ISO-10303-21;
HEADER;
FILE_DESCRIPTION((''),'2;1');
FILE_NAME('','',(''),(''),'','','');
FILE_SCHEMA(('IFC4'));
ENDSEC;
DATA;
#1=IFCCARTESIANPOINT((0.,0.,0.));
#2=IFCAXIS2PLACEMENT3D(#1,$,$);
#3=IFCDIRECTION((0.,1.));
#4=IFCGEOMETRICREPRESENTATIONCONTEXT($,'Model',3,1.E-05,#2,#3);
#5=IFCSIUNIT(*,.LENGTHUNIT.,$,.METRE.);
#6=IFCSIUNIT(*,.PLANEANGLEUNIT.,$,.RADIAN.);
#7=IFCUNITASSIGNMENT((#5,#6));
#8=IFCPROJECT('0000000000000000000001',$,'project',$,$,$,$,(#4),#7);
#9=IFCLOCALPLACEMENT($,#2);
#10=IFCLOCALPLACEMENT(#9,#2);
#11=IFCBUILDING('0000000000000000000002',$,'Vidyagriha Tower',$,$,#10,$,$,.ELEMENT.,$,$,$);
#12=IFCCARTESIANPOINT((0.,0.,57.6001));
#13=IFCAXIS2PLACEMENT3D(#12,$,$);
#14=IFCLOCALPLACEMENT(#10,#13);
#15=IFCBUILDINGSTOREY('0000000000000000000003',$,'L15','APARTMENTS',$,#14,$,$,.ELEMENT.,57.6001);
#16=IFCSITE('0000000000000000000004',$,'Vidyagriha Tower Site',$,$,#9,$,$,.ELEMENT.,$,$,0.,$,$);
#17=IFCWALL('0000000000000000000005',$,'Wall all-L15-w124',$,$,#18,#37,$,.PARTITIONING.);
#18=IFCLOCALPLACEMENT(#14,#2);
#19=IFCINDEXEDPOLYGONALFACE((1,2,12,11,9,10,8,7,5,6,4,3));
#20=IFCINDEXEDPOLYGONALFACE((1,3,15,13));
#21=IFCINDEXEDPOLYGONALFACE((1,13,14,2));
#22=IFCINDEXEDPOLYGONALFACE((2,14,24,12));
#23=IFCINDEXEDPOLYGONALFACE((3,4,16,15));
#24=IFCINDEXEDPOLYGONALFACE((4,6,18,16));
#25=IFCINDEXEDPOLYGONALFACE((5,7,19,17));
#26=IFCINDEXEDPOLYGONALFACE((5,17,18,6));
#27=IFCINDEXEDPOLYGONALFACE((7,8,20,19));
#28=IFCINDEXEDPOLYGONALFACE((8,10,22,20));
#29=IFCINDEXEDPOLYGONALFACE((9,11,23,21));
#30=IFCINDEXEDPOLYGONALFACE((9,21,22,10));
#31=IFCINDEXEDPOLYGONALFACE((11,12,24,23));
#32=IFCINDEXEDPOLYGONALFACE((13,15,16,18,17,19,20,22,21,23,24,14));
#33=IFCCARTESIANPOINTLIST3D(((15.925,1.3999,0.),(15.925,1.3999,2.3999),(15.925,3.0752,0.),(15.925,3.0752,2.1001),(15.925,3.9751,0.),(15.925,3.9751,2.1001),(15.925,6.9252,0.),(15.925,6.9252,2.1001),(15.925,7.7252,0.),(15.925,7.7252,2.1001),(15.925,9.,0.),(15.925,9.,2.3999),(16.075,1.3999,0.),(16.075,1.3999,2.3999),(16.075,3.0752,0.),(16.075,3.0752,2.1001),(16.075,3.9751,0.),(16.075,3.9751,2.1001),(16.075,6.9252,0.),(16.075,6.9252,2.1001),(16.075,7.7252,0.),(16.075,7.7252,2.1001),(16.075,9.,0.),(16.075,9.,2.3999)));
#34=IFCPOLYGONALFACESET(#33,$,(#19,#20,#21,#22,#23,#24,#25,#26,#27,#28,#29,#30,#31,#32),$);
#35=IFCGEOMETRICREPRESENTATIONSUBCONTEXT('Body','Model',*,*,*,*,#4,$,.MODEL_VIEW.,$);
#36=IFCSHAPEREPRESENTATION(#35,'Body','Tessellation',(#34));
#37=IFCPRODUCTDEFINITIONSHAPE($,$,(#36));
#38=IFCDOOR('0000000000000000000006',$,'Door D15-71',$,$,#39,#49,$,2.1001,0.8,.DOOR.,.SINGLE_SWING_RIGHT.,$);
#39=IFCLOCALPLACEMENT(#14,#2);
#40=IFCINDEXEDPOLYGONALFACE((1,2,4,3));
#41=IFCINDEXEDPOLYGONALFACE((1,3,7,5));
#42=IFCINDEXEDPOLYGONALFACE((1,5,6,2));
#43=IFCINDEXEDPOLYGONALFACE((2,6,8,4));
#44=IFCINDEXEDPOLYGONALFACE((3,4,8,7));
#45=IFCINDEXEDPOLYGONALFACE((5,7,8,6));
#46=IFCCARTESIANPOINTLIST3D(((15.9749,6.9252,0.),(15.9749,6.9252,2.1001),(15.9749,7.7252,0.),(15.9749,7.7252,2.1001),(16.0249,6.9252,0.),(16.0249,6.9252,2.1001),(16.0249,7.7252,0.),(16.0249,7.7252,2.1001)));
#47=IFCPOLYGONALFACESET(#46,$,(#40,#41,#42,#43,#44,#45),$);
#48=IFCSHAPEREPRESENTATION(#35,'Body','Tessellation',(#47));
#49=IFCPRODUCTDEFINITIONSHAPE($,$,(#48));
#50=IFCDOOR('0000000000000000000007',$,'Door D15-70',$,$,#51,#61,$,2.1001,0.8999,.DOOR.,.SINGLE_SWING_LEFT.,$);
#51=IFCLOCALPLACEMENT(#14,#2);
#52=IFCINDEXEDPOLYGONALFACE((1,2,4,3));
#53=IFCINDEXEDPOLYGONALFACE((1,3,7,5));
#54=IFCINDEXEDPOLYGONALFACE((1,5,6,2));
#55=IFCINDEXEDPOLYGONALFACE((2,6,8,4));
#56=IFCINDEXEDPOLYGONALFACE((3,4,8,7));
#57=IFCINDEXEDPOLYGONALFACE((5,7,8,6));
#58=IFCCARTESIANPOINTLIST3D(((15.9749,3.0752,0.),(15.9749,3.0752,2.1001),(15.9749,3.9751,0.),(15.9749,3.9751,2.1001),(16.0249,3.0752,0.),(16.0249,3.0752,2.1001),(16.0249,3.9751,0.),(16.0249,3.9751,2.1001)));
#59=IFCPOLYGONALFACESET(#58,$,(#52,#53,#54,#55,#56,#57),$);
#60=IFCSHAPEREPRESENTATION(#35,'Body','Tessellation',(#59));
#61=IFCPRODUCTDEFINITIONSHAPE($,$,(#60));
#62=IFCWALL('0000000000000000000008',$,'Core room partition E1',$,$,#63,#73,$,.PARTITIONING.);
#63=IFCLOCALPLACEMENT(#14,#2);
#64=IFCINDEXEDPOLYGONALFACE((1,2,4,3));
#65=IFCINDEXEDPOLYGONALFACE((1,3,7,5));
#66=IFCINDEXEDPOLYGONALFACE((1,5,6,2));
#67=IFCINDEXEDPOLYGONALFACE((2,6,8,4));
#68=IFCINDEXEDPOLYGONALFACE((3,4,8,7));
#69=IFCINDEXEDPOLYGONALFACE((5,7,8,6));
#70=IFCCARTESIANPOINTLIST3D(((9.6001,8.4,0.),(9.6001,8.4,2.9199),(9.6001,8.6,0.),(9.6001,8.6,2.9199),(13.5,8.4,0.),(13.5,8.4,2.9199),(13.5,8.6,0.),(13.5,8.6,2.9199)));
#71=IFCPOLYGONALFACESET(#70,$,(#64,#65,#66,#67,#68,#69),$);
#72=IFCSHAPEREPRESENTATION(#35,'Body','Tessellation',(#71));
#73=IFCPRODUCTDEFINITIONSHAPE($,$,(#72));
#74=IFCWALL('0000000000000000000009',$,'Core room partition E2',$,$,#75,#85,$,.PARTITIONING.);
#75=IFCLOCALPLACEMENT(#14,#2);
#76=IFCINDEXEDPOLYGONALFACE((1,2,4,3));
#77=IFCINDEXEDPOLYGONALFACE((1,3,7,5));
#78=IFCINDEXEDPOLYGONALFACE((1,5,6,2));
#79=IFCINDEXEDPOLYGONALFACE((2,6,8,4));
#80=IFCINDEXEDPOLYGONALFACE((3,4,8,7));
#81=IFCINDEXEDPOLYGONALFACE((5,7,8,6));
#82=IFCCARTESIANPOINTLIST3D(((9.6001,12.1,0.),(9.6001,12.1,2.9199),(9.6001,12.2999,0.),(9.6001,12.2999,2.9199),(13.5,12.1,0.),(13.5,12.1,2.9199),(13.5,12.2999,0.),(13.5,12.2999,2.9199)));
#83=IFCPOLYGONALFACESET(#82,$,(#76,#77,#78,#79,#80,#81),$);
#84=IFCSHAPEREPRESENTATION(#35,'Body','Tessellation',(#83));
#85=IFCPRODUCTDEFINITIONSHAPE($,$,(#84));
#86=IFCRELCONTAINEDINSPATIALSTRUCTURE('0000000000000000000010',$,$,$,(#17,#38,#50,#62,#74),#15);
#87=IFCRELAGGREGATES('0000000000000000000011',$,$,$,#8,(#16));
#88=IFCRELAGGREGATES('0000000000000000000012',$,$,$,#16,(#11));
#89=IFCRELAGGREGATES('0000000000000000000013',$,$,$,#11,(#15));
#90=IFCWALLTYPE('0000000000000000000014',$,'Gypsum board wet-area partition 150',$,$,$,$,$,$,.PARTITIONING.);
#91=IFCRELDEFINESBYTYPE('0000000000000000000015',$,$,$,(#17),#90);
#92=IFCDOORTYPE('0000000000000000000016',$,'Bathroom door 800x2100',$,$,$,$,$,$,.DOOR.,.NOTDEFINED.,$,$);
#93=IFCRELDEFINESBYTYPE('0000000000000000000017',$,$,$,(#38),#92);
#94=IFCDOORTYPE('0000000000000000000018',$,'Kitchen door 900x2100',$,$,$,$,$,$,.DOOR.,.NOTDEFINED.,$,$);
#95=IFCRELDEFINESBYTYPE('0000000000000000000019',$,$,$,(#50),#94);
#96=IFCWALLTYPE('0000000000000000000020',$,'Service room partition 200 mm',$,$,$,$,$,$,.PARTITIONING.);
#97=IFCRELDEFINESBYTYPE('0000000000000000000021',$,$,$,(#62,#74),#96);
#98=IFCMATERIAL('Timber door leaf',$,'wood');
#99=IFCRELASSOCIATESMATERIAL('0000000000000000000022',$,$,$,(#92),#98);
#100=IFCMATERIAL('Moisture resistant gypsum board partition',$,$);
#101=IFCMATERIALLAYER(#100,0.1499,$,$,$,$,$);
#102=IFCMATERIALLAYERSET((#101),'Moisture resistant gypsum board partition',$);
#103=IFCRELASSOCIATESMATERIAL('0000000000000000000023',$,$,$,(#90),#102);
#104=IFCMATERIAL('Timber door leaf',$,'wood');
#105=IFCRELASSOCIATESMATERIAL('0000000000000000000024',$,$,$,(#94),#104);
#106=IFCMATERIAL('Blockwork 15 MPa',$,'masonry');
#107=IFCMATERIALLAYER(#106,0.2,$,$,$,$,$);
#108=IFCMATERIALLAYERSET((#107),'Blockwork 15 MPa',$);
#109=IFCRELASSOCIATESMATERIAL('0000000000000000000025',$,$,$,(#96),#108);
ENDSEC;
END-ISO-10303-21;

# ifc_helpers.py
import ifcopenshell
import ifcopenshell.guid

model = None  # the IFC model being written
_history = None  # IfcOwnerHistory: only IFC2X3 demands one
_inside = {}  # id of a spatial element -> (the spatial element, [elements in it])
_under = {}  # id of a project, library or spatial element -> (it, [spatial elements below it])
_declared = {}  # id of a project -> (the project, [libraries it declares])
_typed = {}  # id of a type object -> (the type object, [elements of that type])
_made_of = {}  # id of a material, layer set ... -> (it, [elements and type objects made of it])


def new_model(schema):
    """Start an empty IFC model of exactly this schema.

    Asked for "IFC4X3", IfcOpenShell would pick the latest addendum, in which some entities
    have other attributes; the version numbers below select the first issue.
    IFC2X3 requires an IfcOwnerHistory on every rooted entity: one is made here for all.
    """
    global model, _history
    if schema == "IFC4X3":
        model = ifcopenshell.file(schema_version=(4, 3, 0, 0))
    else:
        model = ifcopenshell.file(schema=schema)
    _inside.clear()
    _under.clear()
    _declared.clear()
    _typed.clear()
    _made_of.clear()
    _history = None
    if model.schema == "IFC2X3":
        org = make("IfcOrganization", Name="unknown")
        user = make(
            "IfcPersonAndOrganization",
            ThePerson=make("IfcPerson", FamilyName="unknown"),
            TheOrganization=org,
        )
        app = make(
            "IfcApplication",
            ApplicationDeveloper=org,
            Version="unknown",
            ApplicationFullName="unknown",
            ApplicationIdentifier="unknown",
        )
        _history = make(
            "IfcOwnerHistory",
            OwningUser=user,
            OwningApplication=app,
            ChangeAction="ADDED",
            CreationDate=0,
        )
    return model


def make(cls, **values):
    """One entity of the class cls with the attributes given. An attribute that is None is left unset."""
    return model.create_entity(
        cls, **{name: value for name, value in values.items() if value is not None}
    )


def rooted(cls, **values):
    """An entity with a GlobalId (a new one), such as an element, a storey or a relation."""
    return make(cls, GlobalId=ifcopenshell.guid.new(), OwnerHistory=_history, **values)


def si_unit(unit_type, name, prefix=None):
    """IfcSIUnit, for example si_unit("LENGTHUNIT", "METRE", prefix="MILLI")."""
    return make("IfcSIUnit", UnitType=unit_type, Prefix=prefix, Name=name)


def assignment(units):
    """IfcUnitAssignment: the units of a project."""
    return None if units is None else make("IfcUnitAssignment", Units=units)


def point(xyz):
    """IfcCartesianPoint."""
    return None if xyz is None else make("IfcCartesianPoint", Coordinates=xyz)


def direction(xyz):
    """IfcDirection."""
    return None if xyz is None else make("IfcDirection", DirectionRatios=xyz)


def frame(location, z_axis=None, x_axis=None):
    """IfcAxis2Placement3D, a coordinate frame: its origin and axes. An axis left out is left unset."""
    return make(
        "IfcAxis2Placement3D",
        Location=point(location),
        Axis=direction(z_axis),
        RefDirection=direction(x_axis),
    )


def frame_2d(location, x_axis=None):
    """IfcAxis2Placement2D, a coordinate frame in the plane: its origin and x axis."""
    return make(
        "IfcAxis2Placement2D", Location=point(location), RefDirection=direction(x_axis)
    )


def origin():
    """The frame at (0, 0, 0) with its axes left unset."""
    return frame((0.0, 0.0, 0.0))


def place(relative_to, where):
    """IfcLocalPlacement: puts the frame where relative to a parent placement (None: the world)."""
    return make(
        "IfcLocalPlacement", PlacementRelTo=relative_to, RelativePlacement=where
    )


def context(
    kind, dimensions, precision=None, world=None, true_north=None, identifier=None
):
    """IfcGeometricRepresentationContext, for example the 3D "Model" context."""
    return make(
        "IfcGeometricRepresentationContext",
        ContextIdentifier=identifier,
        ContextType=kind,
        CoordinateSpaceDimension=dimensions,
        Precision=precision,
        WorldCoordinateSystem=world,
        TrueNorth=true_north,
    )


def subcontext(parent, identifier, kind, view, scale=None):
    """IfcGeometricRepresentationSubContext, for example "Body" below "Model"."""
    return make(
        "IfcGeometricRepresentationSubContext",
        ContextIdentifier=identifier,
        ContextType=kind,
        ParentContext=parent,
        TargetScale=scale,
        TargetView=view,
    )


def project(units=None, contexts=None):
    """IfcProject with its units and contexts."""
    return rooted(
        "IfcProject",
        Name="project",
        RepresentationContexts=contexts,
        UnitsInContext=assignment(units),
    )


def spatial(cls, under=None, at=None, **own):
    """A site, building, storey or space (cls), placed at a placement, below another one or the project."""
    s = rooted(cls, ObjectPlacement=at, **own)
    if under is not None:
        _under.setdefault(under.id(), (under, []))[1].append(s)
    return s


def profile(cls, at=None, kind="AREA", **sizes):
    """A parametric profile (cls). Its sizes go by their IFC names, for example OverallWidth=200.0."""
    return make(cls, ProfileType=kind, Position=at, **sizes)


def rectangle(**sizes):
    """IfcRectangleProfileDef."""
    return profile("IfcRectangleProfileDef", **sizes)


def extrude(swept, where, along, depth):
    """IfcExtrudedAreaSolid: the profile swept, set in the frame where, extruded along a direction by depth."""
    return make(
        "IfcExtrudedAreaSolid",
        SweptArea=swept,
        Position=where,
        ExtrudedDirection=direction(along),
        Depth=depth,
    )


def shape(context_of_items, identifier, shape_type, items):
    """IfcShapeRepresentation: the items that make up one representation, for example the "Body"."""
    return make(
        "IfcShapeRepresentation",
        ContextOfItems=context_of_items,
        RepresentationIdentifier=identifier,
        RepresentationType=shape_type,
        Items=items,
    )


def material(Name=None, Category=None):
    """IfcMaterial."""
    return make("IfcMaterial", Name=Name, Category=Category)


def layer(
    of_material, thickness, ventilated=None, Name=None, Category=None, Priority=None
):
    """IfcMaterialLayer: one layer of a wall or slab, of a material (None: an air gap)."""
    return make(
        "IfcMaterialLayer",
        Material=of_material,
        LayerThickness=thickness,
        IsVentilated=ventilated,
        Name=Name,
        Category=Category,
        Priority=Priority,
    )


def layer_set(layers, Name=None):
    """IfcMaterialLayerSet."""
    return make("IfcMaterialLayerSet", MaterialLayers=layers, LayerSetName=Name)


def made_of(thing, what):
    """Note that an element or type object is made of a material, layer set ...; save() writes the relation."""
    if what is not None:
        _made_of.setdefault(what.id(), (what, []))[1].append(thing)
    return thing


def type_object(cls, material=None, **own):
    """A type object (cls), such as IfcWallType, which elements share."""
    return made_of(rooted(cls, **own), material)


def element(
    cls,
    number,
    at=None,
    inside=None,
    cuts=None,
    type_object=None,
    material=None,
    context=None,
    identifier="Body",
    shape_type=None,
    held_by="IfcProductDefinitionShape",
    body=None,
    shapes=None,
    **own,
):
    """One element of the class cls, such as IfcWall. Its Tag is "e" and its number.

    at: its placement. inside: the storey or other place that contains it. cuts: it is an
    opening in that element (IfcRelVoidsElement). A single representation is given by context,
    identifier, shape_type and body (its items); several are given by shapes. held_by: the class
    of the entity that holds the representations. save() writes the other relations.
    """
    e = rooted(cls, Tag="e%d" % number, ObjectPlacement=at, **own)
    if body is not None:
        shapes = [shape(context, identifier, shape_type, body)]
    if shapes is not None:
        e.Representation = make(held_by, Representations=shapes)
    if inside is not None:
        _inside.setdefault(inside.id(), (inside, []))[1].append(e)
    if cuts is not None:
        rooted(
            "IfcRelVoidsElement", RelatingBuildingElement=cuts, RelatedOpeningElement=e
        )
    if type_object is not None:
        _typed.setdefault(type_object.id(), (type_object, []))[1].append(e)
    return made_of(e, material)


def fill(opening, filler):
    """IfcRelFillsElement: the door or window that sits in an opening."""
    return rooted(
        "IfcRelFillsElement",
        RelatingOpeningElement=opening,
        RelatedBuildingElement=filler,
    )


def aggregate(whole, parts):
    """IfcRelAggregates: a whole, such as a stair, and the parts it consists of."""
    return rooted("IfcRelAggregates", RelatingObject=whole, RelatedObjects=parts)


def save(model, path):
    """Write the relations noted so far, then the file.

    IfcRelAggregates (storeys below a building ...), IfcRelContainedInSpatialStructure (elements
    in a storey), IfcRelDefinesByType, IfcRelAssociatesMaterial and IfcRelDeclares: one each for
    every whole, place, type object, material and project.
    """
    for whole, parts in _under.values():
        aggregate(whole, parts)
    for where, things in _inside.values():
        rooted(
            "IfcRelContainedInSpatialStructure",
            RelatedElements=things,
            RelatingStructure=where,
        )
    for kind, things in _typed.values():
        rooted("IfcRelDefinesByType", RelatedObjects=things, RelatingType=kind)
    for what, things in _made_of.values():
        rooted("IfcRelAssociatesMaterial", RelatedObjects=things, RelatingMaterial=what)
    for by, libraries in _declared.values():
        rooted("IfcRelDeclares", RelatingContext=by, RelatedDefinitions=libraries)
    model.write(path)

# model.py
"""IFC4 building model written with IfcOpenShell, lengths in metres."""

from ifc_helpers import new_model, si_unit, direction, frame, frame_2d, origin, place, context, subcontext, project, spatial, rectangle, extrude, material, layer, layer_set, type_object, element, fill, save


model = new_model("IFC4")

# Units and contexts
model_context = context("Model", 3, precision=1e-05, world=origin(), true_north=direction((0.0, 1.0)))
body_context = subcontext(model_context, "Body", "Model", "MODEL_VIEW")
ifc_project = project(units=[si_unit("LENGTHUNIT", "METRE"), si_unit("PLANEANGLEUNIT", "RADIAN")], contexts=[model_context])

# Site, building, storey
site_placement = place(None, origin())
site = spatial("IfcSite", under=ifc_project, at=site_placement, Name="Vidyagriha Tower Site", CompositionType="ELEMENT", RefElevation=0.0)
building_placement = place(site_placement, origin())
building = spatial("IfcBuilding", under=site, at=building_placement, Name="Vidyagriha Tower", CompositionType="ELEMENT")
storey_placement = place(building_placement, frame((0.0, 0.0, 57.6001)))
storey = spatial("IfcBuildingStorey", under=building, at=storey_placement, Name="L15", Description="APARTMENTS", CompositionType="ELEMENT", Elevation=57.6001)

# Shared definitions
ifc_material_1 = material(Name="Timber door leaf", Category="wood")
door_type_1 = type_object("IfcDoorType", Name="Bathroom door 800x2100", OperationType="NOTDEFINED", PredefinedType="DOOR", material=ifc_material_1)

# Wall, openings, doors
ifc_material_2 = material(Name="Moisture resistant gypsum board partition")
ifc_layer_1 = layer(ifc_material_2, 0.1499)
ifc_layer_set_1 = layer_set([ifc_layer_1], Name="Moisture resistant gypsum board partition")
wall_type_1 = type_object("IfcWallType", Name="Gypsum board wet-area partition 150", PredefinedType="PARTITIONING", material=ifc_layer_set_1)
wall_1_placement = place(storey_placement, frame((16.0, 9.0, 0.0), z_axis=(0.0, 0.0, 1.0), x_axis=(0.0, -1.0, 0.0)))
wall_1 = element("IfcWall", 1, at=wall_1_placement, inside=storey, type_object=wall_type_1, Name="Wall all-L15-w124", PredefinedType="PARTITIONING", context=body_context, shape_type="SweptSolid", body=[
    extrude(rectangle(XDim=7.6001, YDim=0.1499, at=frame_2d((3.8, 0.0))), origin(), (0.0, 0.0, 1.0), 2.3999),
])
opening_1_placement = place(wall_1_placement, frame((5.0249, 0.0, 0.0)))
opening_1 = element("IfcOpeningElement", 2, at=opening_1_placement, cuts=wall_1, PredefinedType="OPENING", context=body_context, shape_type="SweptSolid", body=[
    extrude(rectangle(XDim=0.8999, YDim=2.1001, at=frame_2d((0.45, 1.05))), frame((0.0, 0.085, 0.0), z_axis=(0.0, -1.0, 0.0), x_axis=(1.0, 0.0, 0.0)), (0.0, 0.0, 1.0), 0.1699),
])
opening_2_placement = place(wall_1_placement, frame((1.2749, 0.0, 0.0)))
opening_2 = element("IfcOpeningElement", 3, at=opening_2_placement, cuts=wall_1, PredefinedType="OPENING", context=body_context, shape_type="SweptSolid", body=[
    extrude(rectangle(XDim=0.8, YDim=2.1001, at=frame_2d((0.3999, 1.05))), frame((0.0, 0.085, 0.0), z_axis=(0.0, -1.0, 0.0), x_axis=(1.0, 0.0, 0.0)), (0.0, 0.0, 1.0), 0.1699),
])
door_1_placement = place(opening_2_placement, origin())
door_1 = element("IfcDoor", 4, at=door_1_placement, inside=storey, type_object=door_type_1, Name="Door D15-71", OperationType="SINGLE_SWING_RIGHT", OverallHeight=2.1001, OverallWidth=0.8, PredefinedType="DOOR", context=body_context, shape_type="SweptSolid", body=[
    extrude(rectangle(XDim=0.8, YDim=2.1001, at=frame_2d((0.3999, 1.05))), frame((0.0, 0.0249, 0.0), z_axis=(0.0, -1.0, 0.0), x_axis=(1.0, 0.0, 0.0)), (0.0, 0.0, 1.0), 0.05),
])
fill(opening_2, door_1)
ifc_material_3 = material(Name="Timber door leaf", Category="wood")
door_type_2 = type_object("IfcDoorType", Name="Kitchen door 900x2100", OperationType="NOTDEFINED", PredefinedType="DOOR", material=ifc_material_3)
door_2_placement = place(opening_1_placement, origin())
door_2 = element("IfcDoor", 5, at=door_2_placement, inside=storey, type_object=door_type_2, Name="Door D15-70", OperationType="SINGLE_SWING_LEFT", OverallHeight=2.1001, OverallWidth=0.8999, PredefinedType="DOOR", context=body_context, shape_type="SweptSolid", body=[
    extrude(rectangle(XDim=0.8999, YDim=2.1001, at=frame_2d((0.45, 1.05))), frame((0.0, 0.0249, 0.0), z_axis=(0.0, -1.0, 0.0), x_axis=(1.0, 0.0, 0.0)), (0.0, 0.0, 1.0), 0.05),
])
fill(opening_1, door_2)

# Walls
ifc_material_4 = material(Name="Blockwork 15 MPa", Category="masonry")
ifc_layer_2 = layer(ifc_material_4, 0.2)
ifc_layer_set_2 = layer_set([ifc_layer_2], Name="Blockwork 15 MPa")
wall_type_2 = type_object("IfcWallType", Name="Service room partition 200 mm", PredefinedType="PARTITIONING", material=ifc_layer_set_2)
for number, where, name in (
    (6, (9.6001, 8.5, 0.0), "Core room partition E1"),
    (7, (9.6001, 12.2, 0.0), "Core room partition E2"),
):
    element("IfcWall", number, at=place(storey_placement, frame(where)), inside=storey, type_object=wall_type_2, Name=name, PredefinedType="PARTITIONING", context=body_context, shape_type="SweptSolid", body=[
        extrude(rectangle(XDim=3.8999, YDim=0.2, at=frame_2d((1.95, 0.0))), origin(), (0.0, 0.0, 1.0), 2.9199),
    ])

save(model, "model.ifc")
